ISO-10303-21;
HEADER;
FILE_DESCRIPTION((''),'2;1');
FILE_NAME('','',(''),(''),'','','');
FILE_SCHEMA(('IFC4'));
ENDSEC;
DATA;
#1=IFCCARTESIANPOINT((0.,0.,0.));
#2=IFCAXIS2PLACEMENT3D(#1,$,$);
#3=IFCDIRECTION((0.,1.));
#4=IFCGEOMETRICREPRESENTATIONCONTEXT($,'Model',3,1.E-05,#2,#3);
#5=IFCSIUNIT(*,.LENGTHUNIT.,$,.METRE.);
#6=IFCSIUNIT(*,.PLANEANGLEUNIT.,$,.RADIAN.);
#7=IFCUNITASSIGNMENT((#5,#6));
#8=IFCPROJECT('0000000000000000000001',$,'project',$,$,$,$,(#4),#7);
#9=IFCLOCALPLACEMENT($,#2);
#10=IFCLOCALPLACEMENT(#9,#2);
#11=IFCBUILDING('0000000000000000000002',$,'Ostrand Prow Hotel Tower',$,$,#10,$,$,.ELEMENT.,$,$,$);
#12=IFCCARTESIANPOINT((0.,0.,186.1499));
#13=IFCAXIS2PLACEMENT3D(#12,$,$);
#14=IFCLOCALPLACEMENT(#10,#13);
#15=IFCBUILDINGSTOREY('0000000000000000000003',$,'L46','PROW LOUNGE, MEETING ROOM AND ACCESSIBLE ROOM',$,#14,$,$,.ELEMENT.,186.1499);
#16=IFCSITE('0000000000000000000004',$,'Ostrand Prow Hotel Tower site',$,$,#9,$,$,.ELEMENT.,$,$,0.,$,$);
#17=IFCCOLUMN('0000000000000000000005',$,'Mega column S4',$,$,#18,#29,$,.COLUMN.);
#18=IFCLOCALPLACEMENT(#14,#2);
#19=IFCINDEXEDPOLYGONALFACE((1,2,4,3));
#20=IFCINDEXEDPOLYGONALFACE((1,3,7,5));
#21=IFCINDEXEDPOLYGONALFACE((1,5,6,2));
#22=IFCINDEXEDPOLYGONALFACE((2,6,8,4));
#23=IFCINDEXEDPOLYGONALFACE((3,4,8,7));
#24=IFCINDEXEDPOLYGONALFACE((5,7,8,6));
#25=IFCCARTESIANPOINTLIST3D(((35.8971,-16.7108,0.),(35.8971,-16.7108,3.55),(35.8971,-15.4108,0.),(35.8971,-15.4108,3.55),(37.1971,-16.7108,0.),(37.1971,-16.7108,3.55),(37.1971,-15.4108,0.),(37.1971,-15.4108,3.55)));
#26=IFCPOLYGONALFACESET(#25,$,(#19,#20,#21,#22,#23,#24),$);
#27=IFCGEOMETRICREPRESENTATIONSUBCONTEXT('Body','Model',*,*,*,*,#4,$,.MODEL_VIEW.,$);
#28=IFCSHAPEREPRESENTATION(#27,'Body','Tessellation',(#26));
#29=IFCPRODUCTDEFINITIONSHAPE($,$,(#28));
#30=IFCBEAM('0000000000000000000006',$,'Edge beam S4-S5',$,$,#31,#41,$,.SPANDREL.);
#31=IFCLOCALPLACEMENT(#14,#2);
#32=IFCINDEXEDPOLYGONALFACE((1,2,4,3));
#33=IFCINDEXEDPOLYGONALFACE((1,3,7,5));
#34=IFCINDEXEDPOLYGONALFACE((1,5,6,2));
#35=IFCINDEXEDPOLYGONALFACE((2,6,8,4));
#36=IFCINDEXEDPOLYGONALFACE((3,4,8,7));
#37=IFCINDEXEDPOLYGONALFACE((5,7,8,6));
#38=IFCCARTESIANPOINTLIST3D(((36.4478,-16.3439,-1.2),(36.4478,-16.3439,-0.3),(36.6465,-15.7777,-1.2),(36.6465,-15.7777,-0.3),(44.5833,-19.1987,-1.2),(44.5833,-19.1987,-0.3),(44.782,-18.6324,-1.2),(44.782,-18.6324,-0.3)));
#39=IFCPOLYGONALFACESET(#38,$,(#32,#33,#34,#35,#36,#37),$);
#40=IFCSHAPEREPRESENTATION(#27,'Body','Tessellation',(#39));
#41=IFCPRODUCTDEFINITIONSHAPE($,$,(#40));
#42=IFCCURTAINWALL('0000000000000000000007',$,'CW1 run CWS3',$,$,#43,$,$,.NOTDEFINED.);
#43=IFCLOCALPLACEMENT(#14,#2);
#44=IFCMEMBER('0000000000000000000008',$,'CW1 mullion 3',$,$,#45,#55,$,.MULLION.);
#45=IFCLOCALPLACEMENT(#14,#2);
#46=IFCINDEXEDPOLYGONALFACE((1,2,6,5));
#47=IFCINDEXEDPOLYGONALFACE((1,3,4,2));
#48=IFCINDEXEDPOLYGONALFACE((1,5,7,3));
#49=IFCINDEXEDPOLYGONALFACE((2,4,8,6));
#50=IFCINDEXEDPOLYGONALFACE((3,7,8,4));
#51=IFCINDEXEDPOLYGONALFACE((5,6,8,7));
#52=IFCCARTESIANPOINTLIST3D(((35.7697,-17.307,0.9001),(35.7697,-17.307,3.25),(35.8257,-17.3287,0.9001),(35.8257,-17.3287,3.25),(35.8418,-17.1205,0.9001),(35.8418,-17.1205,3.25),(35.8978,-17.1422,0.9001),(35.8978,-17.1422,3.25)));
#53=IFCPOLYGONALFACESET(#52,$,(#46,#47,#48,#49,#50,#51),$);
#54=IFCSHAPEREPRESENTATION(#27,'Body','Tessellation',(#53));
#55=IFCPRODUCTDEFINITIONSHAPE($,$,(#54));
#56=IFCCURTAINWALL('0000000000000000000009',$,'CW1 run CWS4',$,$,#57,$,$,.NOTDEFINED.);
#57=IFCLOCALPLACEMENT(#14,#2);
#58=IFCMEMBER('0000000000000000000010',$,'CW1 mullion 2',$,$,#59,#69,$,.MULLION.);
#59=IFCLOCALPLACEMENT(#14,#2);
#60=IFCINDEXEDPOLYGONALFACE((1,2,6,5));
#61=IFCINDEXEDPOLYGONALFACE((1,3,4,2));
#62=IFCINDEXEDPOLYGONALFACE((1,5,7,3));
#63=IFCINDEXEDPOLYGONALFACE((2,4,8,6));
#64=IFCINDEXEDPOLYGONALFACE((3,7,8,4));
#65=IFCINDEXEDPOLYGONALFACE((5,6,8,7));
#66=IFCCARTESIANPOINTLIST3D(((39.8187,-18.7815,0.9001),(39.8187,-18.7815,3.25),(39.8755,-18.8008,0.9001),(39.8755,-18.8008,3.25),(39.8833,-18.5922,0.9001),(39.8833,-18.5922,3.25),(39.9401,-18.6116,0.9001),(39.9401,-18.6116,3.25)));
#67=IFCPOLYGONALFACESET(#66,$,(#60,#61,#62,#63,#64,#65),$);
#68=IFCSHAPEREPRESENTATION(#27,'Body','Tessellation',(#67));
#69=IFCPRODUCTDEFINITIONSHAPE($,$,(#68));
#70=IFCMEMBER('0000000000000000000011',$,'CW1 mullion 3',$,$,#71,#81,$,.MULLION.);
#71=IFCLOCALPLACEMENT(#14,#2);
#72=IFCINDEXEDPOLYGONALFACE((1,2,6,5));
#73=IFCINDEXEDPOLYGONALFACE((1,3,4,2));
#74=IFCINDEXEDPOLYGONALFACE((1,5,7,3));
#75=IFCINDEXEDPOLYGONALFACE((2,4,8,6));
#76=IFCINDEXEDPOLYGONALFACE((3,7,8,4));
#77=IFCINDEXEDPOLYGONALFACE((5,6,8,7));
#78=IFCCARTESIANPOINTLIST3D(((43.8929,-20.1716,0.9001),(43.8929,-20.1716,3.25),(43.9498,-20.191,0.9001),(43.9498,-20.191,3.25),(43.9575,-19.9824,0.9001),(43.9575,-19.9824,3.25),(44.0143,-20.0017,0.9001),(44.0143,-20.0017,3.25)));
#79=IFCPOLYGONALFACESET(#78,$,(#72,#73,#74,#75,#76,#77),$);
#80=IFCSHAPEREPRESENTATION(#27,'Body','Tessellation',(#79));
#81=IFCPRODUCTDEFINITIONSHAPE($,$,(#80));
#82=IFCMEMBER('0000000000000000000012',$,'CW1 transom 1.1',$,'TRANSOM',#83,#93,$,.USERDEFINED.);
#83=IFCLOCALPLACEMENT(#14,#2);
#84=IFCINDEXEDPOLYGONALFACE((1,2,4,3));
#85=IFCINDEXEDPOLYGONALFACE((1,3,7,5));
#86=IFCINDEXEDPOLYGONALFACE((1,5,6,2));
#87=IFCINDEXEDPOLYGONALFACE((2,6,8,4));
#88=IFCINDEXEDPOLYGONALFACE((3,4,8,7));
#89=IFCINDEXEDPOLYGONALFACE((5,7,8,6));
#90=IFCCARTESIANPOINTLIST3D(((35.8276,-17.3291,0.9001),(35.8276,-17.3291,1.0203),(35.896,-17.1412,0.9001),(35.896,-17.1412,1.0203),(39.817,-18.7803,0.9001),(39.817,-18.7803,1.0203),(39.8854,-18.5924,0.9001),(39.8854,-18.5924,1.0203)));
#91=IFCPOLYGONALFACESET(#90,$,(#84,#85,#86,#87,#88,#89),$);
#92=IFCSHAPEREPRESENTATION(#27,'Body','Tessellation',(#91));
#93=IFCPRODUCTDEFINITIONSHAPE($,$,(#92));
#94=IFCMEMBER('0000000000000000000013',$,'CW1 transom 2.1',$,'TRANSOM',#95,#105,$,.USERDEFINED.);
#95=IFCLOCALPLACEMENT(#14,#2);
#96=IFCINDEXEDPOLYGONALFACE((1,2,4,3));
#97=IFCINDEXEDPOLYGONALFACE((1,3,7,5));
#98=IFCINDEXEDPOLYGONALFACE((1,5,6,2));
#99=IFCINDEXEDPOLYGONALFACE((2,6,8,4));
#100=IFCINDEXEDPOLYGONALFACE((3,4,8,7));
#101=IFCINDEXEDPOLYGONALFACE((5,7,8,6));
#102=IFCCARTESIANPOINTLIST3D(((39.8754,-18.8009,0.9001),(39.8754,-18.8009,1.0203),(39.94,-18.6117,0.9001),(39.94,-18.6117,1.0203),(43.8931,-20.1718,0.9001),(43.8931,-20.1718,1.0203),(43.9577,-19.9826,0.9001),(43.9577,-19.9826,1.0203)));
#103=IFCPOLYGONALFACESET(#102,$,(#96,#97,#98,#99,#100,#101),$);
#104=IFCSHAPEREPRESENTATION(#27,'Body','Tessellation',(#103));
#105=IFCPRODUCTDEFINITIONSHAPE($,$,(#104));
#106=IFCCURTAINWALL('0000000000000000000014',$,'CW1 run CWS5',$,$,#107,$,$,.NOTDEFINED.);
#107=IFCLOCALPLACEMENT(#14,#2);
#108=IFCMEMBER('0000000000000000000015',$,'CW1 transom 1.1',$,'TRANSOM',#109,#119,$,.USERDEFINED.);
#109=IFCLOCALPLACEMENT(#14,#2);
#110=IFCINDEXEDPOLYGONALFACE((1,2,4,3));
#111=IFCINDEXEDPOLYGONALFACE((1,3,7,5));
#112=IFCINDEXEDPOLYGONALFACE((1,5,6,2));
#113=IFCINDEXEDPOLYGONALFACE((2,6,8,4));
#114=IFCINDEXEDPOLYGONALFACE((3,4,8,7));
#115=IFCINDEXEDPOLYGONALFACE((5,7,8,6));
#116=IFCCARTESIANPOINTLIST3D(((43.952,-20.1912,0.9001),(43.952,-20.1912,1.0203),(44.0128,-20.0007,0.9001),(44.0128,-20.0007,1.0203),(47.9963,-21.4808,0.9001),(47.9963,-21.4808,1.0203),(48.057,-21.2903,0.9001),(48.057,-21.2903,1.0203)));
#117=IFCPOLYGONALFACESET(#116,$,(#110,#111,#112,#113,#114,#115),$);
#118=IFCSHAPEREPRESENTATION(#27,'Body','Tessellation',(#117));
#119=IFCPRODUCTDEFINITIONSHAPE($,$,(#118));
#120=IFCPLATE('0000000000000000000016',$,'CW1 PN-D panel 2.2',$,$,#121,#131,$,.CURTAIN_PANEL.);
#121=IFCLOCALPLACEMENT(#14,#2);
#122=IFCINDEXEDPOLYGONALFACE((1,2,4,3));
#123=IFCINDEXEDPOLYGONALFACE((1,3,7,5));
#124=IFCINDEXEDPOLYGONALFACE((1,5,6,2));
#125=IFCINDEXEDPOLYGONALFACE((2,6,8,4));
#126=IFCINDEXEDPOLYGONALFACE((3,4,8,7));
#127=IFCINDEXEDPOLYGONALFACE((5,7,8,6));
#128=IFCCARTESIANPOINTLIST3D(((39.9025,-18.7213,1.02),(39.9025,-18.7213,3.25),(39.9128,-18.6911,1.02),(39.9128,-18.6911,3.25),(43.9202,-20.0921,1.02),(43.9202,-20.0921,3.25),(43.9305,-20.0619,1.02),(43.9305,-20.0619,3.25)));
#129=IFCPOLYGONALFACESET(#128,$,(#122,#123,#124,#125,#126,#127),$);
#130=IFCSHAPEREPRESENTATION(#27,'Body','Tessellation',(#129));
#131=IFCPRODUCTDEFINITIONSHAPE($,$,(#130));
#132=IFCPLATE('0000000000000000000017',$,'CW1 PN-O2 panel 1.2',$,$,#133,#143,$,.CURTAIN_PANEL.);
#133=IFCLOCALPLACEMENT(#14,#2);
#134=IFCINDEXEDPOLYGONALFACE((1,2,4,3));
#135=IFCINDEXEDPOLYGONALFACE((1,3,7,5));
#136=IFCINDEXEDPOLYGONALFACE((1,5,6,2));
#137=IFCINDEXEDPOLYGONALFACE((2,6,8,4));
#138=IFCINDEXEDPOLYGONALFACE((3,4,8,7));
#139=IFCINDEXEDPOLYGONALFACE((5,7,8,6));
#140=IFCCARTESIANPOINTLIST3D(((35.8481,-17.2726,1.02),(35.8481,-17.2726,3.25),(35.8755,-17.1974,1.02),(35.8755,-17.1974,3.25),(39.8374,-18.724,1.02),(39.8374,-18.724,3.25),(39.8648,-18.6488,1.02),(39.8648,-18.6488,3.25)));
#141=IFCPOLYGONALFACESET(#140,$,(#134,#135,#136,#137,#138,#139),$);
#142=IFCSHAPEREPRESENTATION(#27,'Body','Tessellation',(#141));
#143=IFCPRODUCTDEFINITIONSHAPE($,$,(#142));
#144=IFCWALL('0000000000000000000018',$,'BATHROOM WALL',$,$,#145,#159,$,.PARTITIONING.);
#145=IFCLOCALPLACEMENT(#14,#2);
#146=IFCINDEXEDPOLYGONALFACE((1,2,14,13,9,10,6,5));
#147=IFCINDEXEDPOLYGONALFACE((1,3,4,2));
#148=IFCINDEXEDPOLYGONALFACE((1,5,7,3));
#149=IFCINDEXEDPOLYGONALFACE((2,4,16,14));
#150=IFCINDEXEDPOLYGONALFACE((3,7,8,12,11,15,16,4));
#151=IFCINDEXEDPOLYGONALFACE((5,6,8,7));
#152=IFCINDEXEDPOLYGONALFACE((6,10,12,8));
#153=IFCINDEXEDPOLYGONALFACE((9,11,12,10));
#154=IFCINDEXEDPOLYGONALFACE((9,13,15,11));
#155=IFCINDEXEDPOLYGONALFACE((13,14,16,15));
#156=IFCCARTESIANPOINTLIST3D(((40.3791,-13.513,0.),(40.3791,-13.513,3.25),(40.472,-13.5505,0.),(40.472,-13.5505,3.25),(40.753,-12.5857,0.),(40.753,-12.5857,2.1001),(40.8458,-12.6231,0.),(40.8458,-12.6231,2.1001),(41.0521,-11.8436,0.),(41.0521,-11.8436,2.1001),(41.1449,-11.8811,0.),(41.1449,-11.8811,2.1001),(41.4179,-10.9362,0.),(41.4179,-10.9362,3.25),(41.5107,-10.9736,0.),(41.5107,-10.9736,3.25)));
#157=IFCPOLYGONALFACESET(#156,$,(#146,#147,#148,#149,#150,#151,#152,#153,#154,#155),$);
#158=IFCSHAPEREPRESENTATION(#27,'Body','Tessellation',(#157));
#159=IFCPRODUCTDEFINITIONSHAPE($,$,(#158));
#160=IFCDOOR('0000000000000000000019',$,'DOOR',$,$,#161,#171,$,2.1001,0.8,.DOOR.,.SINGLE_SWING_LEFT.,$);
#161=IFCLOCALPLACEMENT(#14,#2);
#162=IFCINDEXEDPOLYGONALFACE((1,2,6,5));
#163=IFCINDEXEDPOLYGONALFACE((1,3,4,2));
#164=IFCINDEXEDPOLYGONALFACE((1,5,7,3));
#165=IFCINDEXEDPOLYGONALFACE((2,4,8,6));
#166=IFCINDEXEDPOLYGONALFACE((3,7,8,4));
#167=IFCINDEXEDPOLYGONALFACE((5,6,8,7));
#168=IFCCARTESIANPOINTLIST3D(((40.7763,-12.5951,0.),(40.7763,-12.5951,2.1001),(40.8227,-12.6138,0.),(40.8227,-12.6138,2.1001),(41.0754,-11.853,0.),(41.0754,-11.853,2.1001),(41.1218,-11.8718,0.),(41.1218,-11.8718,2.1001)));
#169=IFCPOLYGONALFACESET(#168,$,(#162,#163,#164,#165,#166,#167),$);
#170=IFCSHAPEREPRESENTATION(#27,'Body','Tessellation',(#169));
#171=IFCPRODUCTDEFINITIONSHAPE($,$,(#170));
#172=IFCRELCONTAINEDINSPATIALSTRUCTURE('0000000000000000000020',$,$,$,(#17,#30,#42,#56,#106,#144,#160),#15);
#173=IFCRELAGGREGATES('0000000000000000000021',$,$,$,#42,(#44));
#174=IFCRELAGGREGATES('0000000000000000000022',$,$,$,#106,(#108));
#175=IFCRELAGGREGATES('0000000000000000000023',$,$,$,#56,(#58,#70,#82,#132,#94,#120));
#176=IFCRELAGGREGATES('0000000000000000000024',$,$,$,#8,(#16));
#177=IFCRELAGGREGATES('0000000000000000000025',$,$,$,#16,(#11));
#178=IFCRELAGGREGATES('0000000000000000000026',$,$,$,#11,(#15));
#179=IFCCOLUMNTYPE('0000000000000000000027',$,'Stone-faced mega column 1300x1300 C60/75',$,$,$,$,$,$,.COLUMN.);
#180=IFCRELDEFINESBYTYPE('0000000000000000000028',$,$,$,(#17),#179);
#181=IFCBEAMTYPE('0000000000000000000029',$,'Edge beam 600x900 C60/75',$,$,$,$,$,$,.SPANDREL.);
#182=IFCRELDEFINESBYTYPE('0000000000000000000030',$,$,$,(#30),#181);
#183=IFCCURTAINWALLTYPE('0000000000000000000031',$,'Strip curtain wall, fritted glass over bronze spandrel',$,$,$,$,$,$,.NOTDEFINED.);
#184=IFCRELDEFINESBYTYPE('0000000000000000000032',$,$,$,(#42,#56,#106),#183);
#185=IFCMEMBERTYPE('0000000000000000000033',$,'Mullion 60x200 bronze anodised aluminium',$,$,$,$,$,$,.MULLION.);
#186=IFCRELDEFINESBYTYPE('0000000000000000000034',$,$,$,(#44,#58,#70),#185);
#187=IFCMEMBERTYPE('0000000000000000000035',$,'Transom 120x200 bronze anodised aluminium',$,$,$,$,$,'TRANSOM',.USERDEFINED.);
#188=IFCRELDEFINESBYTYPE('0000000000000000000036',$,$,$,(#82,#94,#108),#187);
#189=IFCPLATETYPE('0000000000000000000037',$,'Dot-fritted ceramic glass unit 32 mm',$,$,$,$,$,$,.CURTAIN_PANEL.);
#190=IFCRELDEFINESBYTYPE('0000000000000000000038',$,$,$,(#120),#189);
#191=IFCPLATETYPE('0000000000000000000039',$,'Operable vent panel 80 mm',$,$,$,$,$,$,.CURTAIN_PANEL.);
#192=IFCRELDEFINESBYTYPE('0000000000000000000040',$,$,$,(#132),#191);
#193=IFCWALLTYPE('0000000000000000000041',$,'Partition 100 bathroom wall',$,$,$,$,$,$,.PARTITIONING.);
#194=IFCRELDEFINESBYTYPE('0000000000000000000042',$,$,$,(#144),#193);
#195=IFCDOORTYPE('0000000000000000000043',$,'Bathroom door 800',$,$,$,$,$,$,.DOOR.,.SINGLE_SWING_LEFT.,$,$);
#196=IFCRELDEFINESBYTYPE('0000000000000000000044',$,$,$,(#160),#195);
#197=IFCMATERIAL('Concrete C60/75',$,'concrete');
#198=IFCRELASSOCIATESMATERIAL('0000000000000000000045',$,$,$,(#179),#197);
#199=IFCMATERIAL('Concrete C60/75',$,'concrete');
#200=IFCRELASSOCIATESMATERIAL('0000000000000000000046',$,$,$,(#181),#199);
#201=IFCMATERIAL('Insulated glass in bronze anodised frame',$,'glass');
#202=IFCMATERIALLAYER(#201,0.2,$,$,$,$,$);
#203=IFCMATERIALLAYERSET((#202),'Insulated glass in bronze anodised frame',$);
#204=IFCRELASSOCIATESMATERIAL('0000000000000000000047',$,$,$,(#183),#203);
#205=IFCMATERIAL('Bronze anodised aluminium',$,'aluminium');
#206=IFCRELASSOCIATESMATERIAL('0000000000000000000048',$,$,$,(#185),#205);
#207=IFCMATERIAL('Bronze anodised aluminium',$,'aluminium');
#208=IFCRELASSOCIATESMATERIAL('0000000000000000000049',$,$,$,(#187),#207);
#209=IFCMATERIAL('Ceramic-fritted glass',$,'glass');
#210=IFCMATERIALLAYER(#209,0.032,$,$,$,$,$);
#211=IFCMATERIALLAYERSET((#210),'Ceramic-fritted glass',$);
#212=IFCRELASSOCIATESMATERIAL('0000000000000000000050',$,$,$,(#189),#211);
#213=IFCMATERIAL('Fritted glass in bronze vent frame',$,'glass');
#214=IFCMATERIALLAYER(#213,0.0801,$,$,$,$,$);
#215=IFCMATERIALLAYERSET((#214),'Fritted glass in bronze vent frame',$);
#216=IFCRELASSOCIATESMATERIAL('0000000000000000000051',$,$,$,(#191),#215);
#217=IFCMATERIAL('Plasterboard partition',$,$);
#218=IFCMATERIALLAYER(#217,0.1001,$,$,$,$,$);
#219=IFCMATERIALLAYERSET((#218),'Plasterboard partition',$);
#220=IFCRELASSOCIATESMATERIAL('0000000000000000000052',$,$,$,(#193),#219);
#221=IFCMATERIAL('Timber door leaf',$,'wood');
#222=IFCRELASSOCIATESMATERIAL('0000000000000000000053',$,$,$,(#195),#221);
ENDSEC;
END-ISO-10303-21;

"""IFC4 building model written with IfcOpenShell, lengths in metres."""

from ifc_helpers import new_model, si_unit, direction, frame, frame_2d, origin, origin_2d, place, context, subcontext, project, spatial, rectangle, extrude, material, layer, layer_set, material_profile, profile_set, type_object, element, fill, aggregate, save


model = new_model("IFC4")

# Units and contexts
model_context = context("Model", 3, precision=1e-05, world=origin(), true_north=direction((0.0, 1.0)))
body_context = subcontext(model_context, "Body", "Model", "MODEL_VIEW")
ifc_project = project(units=[si_unit("LENGTHUNIT", "METRE"), si_unit("PLANEANGLEUNIT", "RADIAN")], contexts=[model_context])

# Site, building, storey
site_placement = place(None, origin())
site = spatial("IfcSite", under=ifc_project, at=site_placement, Name="Ostrand Prow Hotel Tower site", CompositionType="ELEMENT", RefElevation=0.0)
building_placement = place(site_placement, origin())
building = spatial("IfcBuilding", under=site, at=building_placement, Name="Ostrand Prow Hotel Tower", CompositionType="ELEMENT")
storey_placement = place(building_placement, frame((0.0, 0.0, 186.1499)))
storey = spatial("IfcBuildingStorey", under=building, at=storey_placement, Name="L46", Description="PROW LOUNGE, MEETING ROOM AND ACCESSIBLE ROOM", CompositionType="ELEMENT", Elevation=186.1499)

# Column
ifc_material_1 = material(Name="Concrete C60/75", Category="concrete")
ifc_material_profile_1 = material_profile(ifc_material_1, rectangle(XDim=1.3, YDim=1.3, at=origin_2d()), Name="RC 1300x1300")
ifc_profile_set_1 = profile_set([ifc_material_profile_1], Name="Concrete C60/75")
column_type = type_object("IfcColumnType", Name="Stone-faced mega column 1300x1300 C60/75", PredefinedType="COLUMN", material=ifc_profile_set_1)
column_placement = place(storey_placement, frame((36.5471, -16.0608, 0.0), z_axis=(0.0, 0.0, 1.0), x_axis=(1.0, 0.0, 0.0)))
element("IfcColumn", 1, at=column_placement, inside=storey, type_object=column_type, Name="Mega column S4", PredefinedType="COLUMN", context=body_context, shape_type="SweptSolid", body=[
    extrude(rectangle(XDim=1.3, YDim=1.3, at=origin_2d()), origin(), (0.0, 0.0, 1.0), 3.55),
])

# Beam
ifc_material_2 = material(Name="Concrete C60/75", Category="concrete")
ifc_material_profile_2 = material_profile(ifc_material_2, rectangle(XDim=0.6001, YDim=0.8999, at=origin_2d()), Name="RC 600x900")
ifc_profile_set_2 = profile_set([ifc_material_profile_2], Name="Concrete C60/75")
beam_type = type_object("IfcBeamType", Name="Edge beam 600x900 C60/75", PredefinedType="SPANDREL", material=ifc_profile_set_2)
beam_placement = place(storey_placement, frame((36.5471, -16.0608, -0.75), z_axis=(0.943594, -0.331106, 0.0), x_axis=(0.331106, 0.943594, 0.0)))
element("IfcBeam", 2, at=beam_placement, inside=storey, type_object=beam_type, Name="Edge beam S4-S5", PredefinedType="SPANDREL", context=body_context, shape_type="SweptSolid", body=[
    extrude(rectangle(XDim=0.6001, YDim=0.8999, at=origin_2d()), origin(), (0.0, 0.0, 1.0), 8.6218),
])

# Curtain wall, member
ifc_material_3 = material(Name="Insulated glass in bronze anodised frame", Category="glass")
ifc_layer_1 = layer(ifc_material_3, 0.2)
ifc_layer_set_1 = layer_set([ifc_layer_1], Name="Insulated glass in bronze anodised frame")
curtain_wall_type = type_object("IfcCurtainWallType", Name="Strip curtain wall, fritted glass over bronze spandrel", PredefinedType="NOTDEFINED", material=ifc_layer_set_1)
curtain_wall_1_placement = place(storey_placement, origin())
curtain_wall_1 = element("IfcCurtainWall", 3, at=curtain_wall_1_placement, inside=storey, type_object=curtain_wall_type, Name="CW1 run CWS3", PredefinedType="NOTDEFINED")
ifc_material_4 = material(Name="Bronze anodised aluminium", Category="aluminium")
ifc_material_profile_3 = material_profile(ifc_material_4, rectangle(XDim=0.2, YDim=0.0601, at=origin_2d()), Name="Mullion 60x200 bronze anodised aluminium")
ifc_profile_set_3 = profile_set([ifc_material_profile_3], Name="Bronze anodised aluminium")
member_type_1 = type_object("IfcMemberType", Name="Mullion 60x200 bronze anodised aluminium", PredefinedType="MULLION", material=ifc_profile_set_3)
member_1_placement = place(storey_placement, frame((35.8337, -17.2246, 0.9001), z_axis=(0.0, 0.0, 1.0), x_axis=(0.360749, 0.932663, 0.0)))
member_1 = element("IfcMember", 4, at=member_1_placement, type_object=member_type_1, Name="CW1 mullion 3", PredefinedType="MULLION", context=body_context, shape_type="SweptSolid", body=[
    extrude(rectangle(XDim=0.2, YDim=0.0601, at=origin_2d()), origin(), (0.0, 0.0, 1.0), 2.3499),
])
aggregate(curtain_wall_1, [member_1])

# Curtain wall, members
curtain_wall_2_placement = place(storey_placement, origin())
curtain_wall_2 = element("IfcCurtainWall", 5, at=curtain_wall_2_placement, inside=storey, type_object=curtain_wall_type, Name="CW1 run CWS4", PredefinedType="NOTDEFINED")
member_2_placement = place(storey_placement, frame((39.8794, -18.6965, 0.9001), z_axis=(0.0, 0.0, 1.0), x_axis=(0.322908, 0.94643, 0.0)))
member_2 = element("IfcMember", 6, at=member_2_placement, type_object=member_type_1, Name="CW1 mullion 2", PredefinedType="MULLION", context=body_context, shape_type="SweptSolid", body=[
    extrude(rectangle(XDim=0.2, YDim=0.0601, at=origin_2d()), origin(), (0.0, 0.0, 1.0), 2.3499),
])
member_3_placement = place(storey_placement, frame((43.9536, -20.0867, 0.9001), z_axis=(0.0, 0.0, 1.0), x_axis=(0.322908, 0.94643, 0.0)))
member_3 = element("IfcMember", 7, at=member_3_placement, type_object=member_type_1, Name="CW1 mullion 3", PredefinedType="MULLION", context=body_context, shape_type="SweptSolid", body=[
    extrude(rectangle(XDim=0.2, YDim=0.0601, at=origin_2d()), origin(), (0.0, 0.0, 1.0), 2.3499),
])
ifc_material_5 = material(Name="Bronze anodised aluminium", Category="aluminium")
ifc_material_profile_4 = material_profile(ifc_material_5, rectangle(XDim=0.2, YDim=0.1201, at=origin_2d()), Name="Transom 120x200 bronze anodised aluminium")
ifc_profile_set_4 = profile_set([ifc_material_profile_4], Name="Bronze anodised aluminium")
member_type_2 = type_object("IfcMemberType", Name="Transom 120x200 bronze anodised aluminium", ElementType="TRANSOM", PredefinedType="USERDEFINED", material=ifc_profile_set_4)
member_4_placement = place(storey_placement, frame((35.8618, -17.2351, 0.9602), z_axis=(0.939753, -0.341854, 0.0), x_axis=(0.341854, 0.939753, 0.0)))
member_4 = element("IfcMember", 8, at=member_4_placement, type_object=member_type_2, Name="CW1 transom 1.1", ObjectType="TRANSOM", PredefinedType="USERDEFINED", context=body_context, shape_type="SweptSolid", body=[
    extrude(rectangle(XDim=0.2, YDim=0.1201, at=origin_2d()), origin(), (0.0, 0.0, 1.0), 4.2451),
])
member_5_placement = place(storey_placement, frame((39.9077, -18.7063, 0.9602), z_axis=(0.946422, -0.322932, 0.0), x_axis=(0.322932, 0.946422, 0.0)))
member_5 = element("IfcMember", 9, at=member_5_placement, type_object=member_type_2, Name="CW1 transom 2.1", ObjectType="TRANSOM", PredefinedType="USERDEFINED", context=body_context, shape_type="SweptSolid", body=[
    extrude(rectangle(XDim=0.2, YDim=0.1201, at=origin_2d()), origin(), (0.0, 0.0, 1.0), 4.2451),
])

# Curtain wall, member
curtain_wall_3_placement = place(storey_placement, origin())
curtain_wall_3 = element("IfcCurtainWall", 10, at=curtain_wall_3_placement, inside=storey, type_object=curtain_wall_type, Name="CW1 run CWS5", PredefinedType="NOTDEFINED")
member_6_placement = place(storey_placement, frame((43.9824, -20.0959, 0.9602), z_axis=(0.952738, -0.303795, 0.0), x_axis=(0.303795, 0.952738, 0.0)))
member_6 = element("IfcMember", 11, at=member_6_placement, type_object=member_type_2, Name="CW1 transom 1.1", ObjectType="TRANSOM", PredefinedType="USERDEFINED", context=body_context, shape_type="SweptSolid", body=[
    extrude(rectangle(XDim=0.2, YDim=0.1201, at=origin_2d()), origin(), (0.0, 0.0, 1.0), 4.2449),
])
aggregate(curtain_wall_3, [member_6])

# Plates
ifc_material_6 = material(Name="Ceramic-fritted glass", Category="glass")
ifc_layer_2 = layer(ifc_material_6, 0.032)
ifc_layer_set_2 = layer_set([ifc_layer_2], Name="Ceramic-fritted glass")
plate_type_1 = type_object("IfcPlateType", Name="Dot-fritted ceramic glass unit 32 mm", PredefinedType="CURTAIN_PANEL", material=ifc_layer_set_2)
plate_1_placement = place(storey_placement, frame((41.9165, -19.3916, 1.02), z_axis=(0.0, 0.0, 1.0), x_axis=(0.94643, -0.322908, 0.0)))
plate_1 = element("IfcPlate", 12, at=plate_1_placement, type_object=plate_type_1, Name="CW1 PN-D panel 2.2", PredefinedType="CURTAIN_PANEL", context=body_context, shape_type="SweptSolid", body=[
    extrude(rectangle(XDim=4.2451, YDim=0.032, at=origin_2d()), origin(), (0.0, 0.0, 1.0), 2.23),
])
ifc_material_7 = material(Name="Fritted glass in bronze vent frame", Category="glass")
ifc_layer_3 = layer(ifc_material_7, 0.0801)
ifc_layer_set_3 = layer_set([ifc_layer_3], Name="Fritted glass in bronze vent frame")
plate_type_2 = type_object("IfcPlateType", Name="Operable vent panel 80 mm", PredefinedType="CURTAIN_PANEL", material=ifc_layer_set_3)
plate_2_placement = place(storey_placement, frame((37.8564, -17.9607, 1.02), z_axis=(0.0, 0.0, 1.0), x_axis=(0.939737, -0.341897, 0.0)))
plate_2 = element("IfcPlate", 13, at=plate_2_placement, type_object=plate_type_2, Name="CW1 PN-O2 panel 1.2", PredefinedType="CURTAIN_PANEL", context=body_context, shape_type="SweptSolid", body=[
    extrude(rectangle(XDim=4.2451, YDim=0.0801, at=origin_2d()), origin(), (0.0, 0.0, 1.0), 2.23),
])
aggregate(curtain_wall_2, [member_2, member_3, member_4, plate_2, member_5, plate_1])

# Wall, opening, door
ifc_material_8 = material(Name="Plasterboard partition")
ifc_layer_4 = layer(ifc_material_8, 0.1001)
ifc_layer_set_4 = layer_set([ifc_layer_4], Name="Plasterboard partition")
wall_type_1 = type_object("IfcWallType", Name="Partition 100 bathroom wall", PredefinedType="PARTITIONING", material=ifc_layer_set_4)
wall_1_placement = place(storey_placement, frame((40.4255, -13.5317, 0.0), z_axis=(0.0, 0.0, 1.0), x_axis=(0.373889, 0.927473, 0.0)))
wall_1 = element("IfcWall", 14, at=wall_1_placement, inside=storey, type_object=wall_type_1, Name="BATHROOM WALL", PredefinedType="PARTITIONING", context=body_context, shape_type="SweptSolid", body=[
    extrude(rectangle(XDim=2.7783, YDim=0.1001, at=frame_2d((1.3892, 0.0))), origin(), (0.0, 0.0, 1.0), 3.25),
])
opening_placement = place(wall_1_placement, frame((1.0, 0.0, 0.0)))
opening = element("IfcOpeningElement", 15, at=opening_placement, cuts=wall_1, PredefinedType="OPENING", context=body_context, shape_type="SweptSolid", body=[
    extrude(rectangle(XDim=0.8, YDim=2.1001, at=frame_2d((0.3999, 1.05))), frame((0.0, 0.0601, 0.0), z_axis=(0.0, -1.0, 0.0), x_axis=(1.0, 0.0, 0.0)), (0.0, 0.0, 1.0), 0.1201),
])
ifc_material_9 = material(Name="Timber door leaf", Category="wood")
door_type = type_object("IfcDoorType", Name="Bathroom door 800", OperationType="SINGLE_SWING_LEFT", PredefinedType="DOOR", material=ifc_material_9)
door_placement = place(opening_placement, origin())
door = element("IfcDoor", 16, at=door_placement, inside=storey, type_object=door_type, Name="DOOR", OperationType="SINGLE_SWING_LEFT", OverallHeight=2.1001, OverallWidth=0.8, PredefinedType="DOOR", context=body_context, shape_type="SweptSolid", body=[
    extrude(rectangle(XDim=0.8, YDim=2.1001, at=frame_2d((0.3999, 1.05))), frame((0.0, 0.0249, 0.0), z_axis=(0.0, -1.0, 0.0), x_axis=(1.0, 0.0, 0.0)), (0.0, 0.0, 1.0), 0.05),
])
fill(opening, door)

save(model, "model.ifc")
